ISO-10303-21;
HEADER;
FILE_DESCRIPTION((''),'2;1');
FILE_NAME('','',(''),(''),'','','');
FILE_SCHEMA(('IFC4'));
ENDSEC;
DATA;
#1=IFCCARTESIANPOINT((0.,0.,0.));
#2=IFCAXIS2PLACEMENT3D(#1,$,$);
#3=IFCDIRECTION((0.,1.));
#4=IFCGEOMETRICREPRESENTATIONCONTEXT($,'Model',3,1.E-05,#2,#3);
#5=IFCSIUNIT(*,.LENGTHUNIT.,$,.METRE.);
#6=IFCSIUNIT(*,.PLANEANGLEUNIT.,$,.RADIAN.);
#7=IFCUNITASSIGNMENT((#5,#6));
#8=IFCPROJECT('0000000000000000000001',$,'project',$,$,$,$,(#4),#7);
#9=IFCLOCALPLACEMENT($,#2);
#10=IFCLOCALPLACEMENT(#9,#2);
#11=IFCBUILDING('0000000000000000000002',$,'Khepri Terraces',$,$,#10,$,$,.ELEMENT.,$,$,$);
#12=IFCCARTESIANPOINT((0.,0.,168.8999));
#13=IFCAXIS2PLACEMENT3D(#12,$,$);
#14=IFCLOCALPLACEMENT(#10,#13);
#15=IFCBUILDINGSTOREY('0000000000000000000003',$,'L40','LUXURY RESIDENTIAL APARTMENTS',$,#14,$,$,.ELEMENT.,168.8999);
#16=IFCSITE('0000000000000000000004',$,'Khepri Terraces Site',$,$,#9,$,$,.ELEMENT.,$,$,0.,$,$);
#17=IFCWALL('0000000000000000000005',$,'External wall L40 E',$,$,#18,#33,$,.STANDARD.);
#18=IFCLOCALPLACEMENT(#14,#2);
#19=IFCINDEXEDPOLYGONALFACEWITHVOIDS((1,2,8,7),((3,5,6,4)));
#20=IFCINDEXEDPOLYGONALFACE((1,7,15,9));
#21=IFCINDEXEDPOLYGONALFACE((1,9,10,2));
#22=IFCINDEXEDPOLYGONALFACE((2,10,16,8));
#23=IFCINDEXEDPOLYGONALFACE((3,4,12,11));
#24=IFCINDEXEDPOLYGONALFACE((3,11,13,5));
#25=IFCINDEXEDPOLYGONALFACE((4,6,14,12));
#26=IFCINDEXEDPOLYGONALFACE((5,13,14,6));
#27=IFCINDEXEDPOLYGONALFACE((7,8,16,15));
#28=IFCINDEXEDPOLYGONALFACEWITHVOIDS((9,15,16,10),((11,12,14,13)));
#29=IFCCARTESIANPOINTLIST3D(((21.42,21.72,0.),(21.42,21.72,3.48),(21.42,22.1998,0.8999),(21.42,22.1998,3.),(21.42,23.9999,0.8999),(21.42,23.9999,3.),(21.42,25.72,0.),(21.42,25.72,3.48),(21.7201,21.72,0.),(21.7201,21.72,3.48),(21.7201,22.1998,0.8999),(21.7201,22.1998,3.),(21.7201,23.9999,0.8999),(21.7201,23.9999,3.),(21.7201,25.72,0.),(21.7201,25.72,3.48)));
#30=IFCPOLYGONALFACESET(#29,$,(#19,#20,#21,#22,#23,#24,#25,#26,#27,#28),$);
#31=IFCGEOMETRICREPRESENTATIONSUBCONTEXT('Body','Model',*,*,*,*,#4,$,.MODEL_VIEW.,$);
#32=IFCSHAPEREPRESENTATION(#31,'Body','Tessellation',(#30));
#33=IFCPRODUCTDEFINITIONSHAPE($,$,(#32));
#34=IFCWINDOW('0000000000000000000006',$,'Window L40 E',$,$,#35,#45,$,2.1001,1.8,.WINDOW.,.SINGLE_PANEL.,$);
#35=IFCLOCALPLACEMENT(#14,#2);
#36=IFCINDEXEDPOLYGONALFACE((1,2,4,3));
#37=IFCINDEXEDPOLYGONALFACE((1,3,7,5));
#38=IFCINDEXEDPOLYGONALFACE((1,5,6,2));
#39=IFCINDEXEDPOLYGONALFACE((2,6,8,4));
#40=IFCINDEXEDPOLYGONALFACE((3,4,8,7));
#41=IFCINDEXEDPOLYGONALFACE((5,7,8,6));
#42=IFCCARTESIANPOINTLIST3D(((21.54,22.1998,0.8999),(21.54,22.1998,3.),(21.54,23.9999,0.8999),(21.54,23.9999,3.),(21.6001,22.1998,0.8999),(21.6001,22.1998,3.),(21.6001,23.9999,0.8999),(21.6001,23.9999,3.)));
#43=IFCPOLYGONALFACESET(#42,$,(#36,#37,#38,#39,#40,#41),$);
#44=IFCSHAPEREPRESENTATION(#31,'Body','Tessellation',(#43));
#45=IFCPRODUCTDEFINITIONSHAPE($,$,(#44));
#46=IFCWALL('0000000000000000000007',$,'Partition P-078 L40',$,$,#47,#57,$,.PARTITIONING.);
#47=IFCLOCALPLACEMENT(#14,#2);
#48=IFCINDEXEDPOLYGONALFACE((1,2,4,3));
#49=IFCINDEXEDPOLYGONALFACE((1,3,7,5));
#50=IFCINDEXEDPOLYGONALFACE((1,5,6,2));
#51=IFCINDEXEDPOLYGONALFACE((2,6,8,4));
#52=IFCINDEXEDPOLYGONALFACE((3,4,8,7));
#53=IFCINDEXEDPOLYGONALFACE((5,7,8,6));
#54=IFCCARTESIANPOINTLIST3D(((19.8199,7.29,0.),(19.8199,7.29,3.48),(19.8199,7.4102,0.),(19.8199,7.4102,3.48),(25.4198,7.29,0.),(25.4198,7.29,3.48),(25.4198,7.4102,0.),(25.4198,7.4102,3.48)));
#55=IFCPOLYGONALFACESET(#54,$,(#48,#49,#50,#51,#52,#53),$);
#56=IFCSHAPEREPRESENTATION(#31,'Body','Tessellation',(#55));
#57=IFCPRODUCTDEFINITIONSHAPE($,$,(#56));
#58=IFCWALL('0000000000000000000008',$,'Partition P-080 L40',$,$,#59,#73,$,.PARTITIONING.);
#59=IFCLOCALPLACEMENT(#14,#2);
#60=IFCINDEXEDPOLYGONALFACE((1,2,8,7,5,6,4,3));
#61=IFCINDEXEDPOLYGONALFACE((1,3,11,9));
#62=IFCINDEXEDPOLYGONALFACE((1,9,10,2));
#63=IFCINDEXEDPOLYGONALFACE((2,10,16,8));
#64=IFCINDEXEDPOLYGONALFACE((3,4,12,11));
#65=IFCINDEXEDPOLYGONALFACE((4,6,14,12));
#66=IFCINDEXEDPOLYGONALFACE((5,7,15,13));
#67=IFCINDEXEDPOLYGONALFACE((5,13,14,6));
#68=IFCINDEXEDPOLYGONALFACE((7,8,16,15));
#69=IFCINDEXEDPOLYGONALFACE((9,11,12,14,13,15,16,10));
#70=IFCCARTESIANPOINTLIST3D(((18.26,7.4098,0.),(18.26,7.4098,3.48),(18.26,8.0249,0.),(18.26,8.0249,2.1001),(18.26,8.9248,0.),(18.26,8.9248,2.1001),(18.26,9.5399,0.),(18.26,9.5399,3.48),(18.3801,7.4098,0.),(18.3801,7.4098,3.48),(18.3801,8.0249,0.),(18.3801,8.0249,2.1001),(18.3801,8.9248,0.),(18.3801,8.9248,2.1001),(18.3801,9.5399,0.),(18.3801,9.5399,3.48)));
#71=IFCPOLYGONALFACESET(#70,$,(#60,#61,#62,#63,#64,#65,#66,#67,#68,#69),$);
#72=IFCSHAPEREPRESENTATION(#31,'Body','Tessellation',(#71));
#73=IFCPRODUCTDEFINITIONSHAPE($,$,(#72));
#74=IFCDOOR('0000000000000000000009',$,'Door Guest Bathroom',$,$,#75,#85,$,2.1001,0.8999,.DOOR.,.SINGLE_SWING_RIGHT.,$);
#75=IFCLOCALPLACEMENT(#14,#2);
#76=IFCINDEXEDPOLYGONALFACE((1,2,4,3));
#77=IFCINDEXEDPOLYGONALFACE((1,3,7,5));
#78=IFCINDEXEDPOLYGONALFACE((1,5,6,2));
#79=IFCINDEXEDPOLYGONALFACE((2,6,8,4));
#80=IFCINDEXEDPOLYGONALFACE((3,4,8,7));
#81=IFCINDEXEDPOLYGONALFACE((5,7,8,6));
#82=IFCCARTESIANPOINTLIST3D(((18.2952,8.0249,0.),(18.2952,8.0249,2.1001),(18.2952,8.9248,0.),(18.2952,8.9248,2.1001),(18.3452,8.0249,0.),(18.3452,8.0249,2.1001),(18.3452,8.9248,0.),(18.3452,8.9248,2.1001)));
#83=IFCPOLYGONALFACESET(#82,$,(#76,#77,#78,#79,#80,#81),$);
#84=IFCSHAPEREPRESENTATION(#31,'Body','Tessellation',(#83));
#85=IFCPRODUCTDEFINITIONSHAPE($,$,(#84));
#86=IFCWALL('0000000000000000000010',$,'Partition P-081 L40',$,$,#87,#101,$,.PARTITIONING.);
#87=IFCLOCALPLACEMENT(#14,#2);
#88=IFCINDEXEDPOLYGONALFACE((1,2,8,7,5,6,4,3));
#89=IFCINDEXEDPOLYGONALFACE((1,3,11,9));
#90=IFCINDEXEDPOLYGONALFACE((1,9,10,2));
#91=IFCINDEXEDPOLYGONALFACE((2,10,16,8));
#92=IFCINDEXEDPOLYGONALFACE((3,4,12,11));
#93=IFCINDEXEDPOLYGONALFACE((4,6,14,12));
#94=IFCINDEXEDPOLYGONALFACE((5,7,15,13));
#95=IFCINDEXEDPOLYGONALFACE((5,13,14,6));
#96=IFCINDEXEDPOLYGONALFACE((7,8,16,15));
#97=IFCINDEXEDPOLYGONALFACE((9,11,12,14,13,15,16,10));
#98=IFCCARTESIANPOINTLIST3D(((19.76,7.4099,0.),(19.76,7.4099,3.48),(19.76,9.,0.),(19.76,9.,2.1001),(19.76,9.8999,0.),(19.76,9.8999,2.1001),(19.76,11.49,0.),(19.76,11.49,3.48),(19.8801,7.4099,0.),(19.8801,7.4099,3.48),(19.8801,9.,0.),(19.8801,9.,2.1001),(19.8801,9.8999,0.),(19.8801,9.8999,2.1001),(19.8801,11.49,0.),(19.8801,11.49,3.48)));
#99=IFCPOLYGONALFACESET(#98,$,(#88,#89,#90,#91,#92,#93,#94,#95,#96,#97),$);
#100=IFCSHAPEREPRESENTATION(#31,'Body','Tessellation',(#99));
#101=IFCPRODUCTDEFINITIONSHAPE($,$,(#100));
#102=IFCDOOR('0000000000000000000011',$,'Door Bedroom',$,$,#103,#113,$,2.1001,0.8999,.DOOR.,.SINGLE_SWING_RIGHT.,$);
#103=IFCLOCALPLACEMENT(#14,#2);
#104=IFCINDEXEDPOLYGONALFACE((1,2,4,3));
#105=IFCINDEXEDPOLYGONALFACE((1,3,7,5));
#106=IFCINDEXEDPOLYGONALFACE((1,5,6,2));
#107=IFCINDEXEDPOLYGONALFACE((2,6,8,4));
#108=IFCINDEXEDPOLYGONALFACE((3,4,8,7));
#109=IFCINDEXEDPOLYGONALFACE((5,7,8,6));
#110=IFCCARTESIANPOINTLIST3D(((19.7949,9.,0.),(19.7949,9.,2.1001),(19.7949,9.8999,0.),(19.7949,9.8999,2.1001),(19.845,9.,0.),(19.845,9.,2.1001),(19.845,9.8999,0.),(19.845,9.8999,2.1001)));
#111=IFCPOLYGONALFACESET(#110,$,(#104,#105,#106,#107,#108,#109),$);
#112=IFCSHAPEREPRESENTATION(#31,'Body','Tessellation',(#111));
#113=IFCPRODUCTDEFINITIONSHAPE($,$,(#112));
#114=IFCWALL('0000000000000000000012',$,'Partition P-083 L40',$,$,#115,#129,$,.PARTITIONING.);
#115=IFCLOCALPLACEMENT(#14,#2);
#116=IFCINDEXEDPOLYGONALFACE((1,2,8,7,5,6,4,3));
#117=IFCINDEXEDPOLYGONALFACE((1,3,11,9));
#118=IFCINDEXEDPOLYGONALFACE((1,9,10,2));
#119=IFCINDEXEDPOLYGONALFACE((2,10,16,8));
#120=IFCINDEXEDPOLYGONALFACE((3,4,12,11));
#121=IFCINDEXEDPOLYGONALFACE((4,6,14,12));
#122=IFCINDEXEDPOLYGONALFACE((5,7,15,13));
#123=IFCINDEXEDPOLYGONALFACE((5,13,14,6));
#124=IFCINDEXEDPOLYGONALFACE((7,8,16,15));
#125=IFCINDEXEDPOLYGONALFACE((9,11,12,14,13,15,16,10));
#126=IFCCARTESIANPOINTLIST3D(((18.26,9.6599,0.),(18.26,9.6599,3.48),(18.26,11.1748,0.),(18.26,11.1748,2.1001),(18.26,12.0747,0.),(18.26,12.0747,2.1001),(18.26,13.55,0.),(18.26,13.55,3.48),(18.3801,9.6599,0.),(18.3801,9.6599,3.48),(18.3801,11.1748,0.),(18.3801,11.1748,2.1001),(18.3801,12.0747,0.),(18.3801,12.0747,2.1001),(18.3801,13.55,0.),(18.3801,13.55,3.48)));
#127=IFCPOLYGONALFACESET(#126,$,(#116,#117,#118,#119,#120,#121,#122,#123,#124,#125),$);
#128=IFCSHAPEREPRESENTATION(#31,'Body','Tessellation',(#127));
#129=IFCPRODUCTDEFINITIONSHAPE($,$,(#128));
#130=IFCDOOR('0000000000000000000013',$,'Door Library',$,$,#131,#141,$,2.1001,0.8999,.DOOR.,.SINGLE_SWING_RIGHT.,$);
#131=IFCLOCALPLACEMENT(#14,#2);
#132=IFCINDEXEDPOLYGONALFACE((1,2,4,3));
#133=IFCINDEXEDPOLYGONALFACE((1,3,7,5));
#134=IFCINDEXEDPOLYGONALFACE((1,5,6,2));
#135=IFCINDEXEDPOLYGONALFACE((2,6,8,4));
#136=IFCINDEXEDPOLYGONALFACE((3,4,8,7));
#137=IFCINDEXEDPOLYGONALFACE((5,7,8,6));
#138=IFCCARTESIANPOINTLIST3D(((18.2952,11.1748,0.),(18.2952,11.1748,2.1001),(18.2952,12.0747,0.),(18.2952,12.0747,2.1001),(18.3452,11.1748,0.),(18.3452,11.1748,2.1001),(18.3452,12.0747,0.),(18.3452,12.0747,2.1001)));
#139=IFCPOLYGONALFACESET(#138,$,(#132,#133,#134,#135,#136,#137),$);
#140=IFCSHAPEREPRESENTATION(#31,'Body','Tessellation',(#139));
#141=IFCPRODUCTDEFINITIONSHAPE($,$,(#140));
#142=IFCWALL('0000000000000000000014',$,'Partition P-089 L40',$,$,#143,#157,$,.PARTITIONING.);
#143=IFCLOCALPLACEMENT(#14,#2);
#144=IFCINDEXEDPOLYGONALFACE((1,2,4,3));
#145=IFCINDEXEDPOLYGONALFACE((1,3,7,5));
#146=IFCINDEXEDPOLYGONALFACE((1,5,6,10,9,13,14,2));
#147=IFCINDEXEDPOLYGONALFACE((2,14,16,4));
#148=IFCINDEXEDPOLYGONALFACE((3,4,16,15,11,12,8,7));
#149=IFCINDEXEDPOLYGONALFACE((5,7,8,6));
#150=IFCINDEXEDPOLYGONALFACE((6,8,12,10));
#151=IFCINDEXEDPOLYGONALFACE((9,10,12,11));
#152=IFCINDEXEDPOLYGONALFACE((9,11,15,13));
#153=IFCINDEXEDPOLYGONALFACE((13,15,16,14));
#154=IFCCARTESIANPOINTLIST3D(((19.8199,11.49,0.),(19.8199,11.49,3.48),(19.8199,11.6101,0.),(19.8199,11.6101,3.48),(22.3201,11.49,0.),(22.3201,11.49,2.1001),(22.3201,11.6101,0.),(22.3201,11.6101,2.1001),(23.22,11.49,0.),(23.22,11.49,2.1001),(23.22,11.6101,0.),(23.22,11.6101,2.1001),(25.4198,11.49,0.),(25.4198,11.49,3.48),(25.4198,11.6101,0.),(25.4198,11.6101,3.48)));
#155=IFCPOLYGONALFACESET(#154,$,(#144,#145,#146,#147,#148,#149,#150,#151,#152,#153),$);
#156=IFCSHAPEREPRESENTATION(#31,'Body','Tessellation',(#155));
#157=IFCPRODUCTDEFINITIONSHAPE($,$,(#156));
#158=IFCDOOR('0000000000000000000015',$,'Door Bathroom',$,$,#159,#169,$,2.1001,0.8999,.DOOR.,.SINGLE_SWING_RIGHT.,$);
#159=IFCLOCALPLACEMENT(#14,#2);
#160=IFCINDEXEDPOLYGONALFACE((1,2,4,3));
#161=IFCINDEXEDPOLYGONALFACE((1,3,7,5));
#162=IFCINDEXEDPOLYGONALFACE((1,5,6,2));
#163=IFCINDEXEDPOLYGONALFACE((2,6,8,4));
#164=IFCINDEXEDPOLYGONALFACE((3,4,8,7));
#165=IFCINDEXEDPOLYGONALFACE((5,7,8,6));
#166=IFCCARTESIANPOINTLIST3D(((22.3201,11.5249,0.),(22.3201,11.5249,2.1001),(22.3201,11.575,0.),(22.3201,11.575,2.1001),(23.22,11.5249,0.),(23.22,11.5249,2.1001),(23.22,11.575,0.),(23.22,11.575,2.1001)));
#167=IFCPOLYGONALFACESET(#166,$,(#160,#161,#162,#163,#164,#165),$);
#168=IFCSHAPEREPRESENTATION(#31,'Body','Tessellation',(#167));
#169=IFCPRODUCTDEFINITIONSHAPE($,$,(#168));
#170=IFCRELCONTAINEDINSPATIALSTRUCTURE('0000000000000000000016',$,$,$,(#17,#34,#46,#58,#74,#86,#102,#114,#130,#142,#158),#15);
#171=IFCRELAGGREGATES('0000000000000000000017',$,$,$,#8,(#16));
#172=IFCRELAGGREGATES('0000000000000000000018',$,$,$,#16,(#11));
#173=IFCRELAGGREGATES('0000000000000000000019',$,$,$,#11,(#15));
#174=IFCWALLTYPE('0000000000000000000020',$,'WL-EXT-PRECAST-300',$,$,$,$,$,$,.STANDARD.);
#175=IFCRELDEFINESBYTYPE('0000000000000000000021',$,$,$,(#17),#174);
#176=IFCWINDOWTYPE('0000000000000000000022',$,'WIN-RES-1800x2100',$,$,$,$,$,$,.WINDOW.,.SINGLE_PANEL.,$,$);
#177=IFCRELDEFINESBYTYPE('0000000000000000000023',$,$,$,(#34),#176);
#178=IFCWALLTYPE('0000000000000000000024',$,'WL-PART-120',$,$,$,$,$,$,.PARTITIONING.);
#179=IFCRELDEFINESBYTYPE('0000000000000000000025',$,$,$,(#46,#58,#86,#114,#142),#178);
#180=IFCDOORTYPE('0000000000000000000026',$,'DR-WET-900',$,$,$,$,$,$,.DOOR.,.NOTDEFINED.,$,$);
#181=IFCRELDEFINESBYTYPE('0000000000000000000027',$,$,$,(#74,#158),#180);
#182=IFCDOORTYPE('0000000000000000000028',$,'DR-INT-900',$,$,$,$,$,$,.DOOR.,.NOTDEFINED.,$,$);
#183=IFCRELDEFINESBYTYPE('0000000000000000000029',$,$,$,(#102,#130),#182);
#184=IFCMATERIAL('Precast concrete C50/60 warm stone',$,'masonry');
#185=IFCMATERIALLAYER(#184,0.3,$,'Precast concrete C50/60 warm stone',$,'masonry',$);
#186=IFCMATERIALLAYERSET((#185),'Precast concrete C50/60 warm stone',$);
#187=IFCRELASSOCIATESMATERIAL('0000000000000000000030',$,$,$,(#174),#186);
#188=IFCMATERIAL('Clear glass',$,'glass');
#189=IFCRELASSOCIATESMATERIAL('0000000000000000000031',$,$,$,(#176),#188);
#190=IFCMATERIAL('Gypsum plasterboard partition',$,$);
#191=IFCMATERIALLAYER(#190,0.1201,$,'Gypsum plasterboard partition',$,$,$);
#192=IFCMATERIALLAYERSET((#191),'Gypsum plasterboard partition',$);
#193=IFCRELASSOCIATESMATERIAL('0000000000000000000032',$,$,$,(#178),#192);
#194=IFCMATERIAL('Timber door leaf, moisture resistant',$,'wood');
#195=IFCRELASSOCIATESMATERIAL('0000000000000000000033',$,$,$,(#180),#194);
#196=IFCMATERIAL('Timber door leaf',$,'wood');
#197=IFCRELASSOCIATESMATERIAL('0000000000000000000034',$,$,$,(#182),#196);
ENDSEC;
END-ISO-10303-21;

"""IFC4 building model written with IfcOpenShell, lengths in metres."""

from ifc_helpers import new_model, si_unit, direction, frame, frame_2d, origin, place, context, subcontext, project, spatial, rectangle, extrude, material, layer, layer_set, type_object, element, fill, save


model = new_model("IFC4")

# Units and contexts
model_context = context("Model", 3, precision=1e-05, world=origin(), true_north=direction((0.0, 1.0)))
body_context = subcontext(model_context, "Body", "Model", "MODEL_VIEW")
ifc_project = project(units=[si_unit("LENGTHUNIT", "METRE"), si_unit("PLANEANGLEUNIT", "RADIAN")], contexts=[model_context])

# Site, building, storey
site_placement = place(None, origin())
site = spatial("IfcSite", under=ifc_project, at=site_placement, Name="Khepri Terraces Site", CompositionType="ELEMENT", RefElevation=0.0)
building_placement = place(site_placement, origin())
building = spatial("IfcBuilding", under=site, at=building_placement, Name="Khepri Terraces", CompositionType="ELEMENT")
storey_placement = place(building_placement, frame((0.0, 0.0, 168.8999)))
storey = spatial("IfcBuildingStorey", under=building, at=storey_placement, Name="L40", Description="LUXURY RESIDENTIAL APARTMENTS", CompositionType="ELEMENT", Elevation=168.8999)

# Shared definitions
ifc_material_1 = material(Name="Precast concrete C50/60 warm stone", Category="masonry")
ifc_layer_1 = layer(ifc_material_1, 0.3, Name="Precast concrete C50/60 warm stone", Category="masonry")
ifc_layer_set_1 = layer_set([ifc_layer_1], Name="Precast concrete C50/60 warm stone")
wall_type_1 = type_object("IfcWallType", Name="WL-EXT-PRECAST-300", PredefinedType="STANDARD", material=ifc_layer_set_1)
ifc_material_2 = material(Name="Clear glass", Category="glass")
window_type = type_object("IfcWindowType", Name="WIN-RES-1800x2100", PartitioningType="SINGLE_PANEL", PredefinedType="WINDOW", material=ifc_material_2)

# Wall, opening, window
wall_1_placement = place(storey_placement, frame((21.5701, 21.72, 0.0), z_axis=(0.0, 0.0, 1.0), x_axis=(0.0, 1.0, 0.0)))
wall_1 = element("IfcWall", 1, at=wall_1_placement, inside=storey, type_object=wall_type_1, Name="External wall L40 E", PredefinedType="STANDARD", context=body_context, shape_type="SweptSolid", body=[
    extrude(rectangle(XDim=4.0, YDim=0.3, at=frame_2d((2.0, 0.0))), origin(), (0.0, 0.0, 1.0), 3.48),
])
opening_1_placement = place(wall_1_placement, frame((0.48, 0.0, 0.8999)))
opening_1 = element("IfcOpeningElement", 2, at=opening_1_placement, cuts=wall_1, PredefinedType="OPENING", context=body_context, shape_type="SweptSolid", body=[
    extrude(rectangle(XDim=1.8, YDim=2.1001, at=frame_2d((0.8999, 1.05))), frame((0.0, 0.1602, 0.0), z_axis=(0.0, -1.0, 0.0), x_axis=(1.0, 0.0, 0.0)), (0.0, 0.0, 1.0), 0.3201),
])
window_1_placement = place(opening_1_placement, origin())
window_1 = element("IfcWindow", 3, at=window_1_placement, inside=storey, type_object=window_type, Name="Window L40 E", OverallHeight=2.1001, OverallWidth=1.8, PartitioningType="SINGLE_PANEL", PredefinedType="WINDOW", context=body_context, shape_type="SweptSolid", body=[
    extrude(rectangle(XDim=1.8, YDim=2.1001, at=frame_2d((0.8999, 1.05))), frame((0.0, 0.03, 0.0), z_axis=(0.0, -1.0, 0.0), x_axis=(1.0, 0.0, 0.0)), (0.0, 0.0, 1.0), 0.0601),
])
fill(opening_1, window_1)

# Wall
ifc_material_3 = material(Name="Gypsum plasterboard partition")
ifc_layer_2 = layer(ifc_material_3, 0.1201, Name="Gypsum plasterboard partition")
ifc_layer_set_2 = layer_set([ifc_layer_2], Name="Gypsum plasterboard partition")
wall_type_2 = type_object("IfcWallType", Name="WL-PART-120", PredefinedType="PARTITIONING", material=ifc_layer_set_2)
wall_2_placement = place(storey_placement, frame((19.8201, 7.3501, 0.0), z_axis=(0.0, 0.0, 1.0), x_axis=(1.0, 0.0, 0.0)))
element("IfcWall", 4, at=wall_2_placement, inside=storey, type_object=wall_type_2, Name="Partition P-078 L40", PredefinedType="PARTITIONING", context=body_context, shape_type="SweptSolid", body=[
    extrude(rectangle(XDim=5.5999, YDim=0.1201, at=frame_2d((2.7998, 0.0))), origin(), (0.0, 0.0, 1.0), 3.48),
])

# Walls, openings, doors
wall_3_placement = place(storey_placement, frame((18.3201, 7.4099, 0.0), z_axis=(0.0, 0.0, 1.0), x_axis=(0.0, 1.0, 0.0)))
wall_3 = element("IfcWall", 5, at=wall_3_placement, inside=storey, type_object=wall_type_2, Name="Partition P-080 L40", PredefinedType="PARTITIONING", context=body_context, shape_type="SweptSolid", body=[
    extrude(rectangle(XDim=2.1301, YDim=0.1201, at=frame_2d((1.0649, 0.0))), origin(), (0.0, 0.0, 1.0), 3.48),
])
opening_2_placement = place(wall_3_placement, frame((0.615, 0.0, 0.0)))
opening_2 = element("IfcOpeningElement", 6, at=opening_2_placement, cuts=wall_3, PredefinedType="OPENING", context=body_context, shape_type="SweptSolid", body=[
    extrude(rectangle(XDim=0.8999, YDim=2.1001, at=frame_2d((0.45, 1.05))), frame((0.0, 0.0701, 0.0), z_axis=(0.0, -1.0, 0.0), x_axis=(1.0, 0.0, 0.0)), (0.0, 0.0, 1.0), 0.1401),
])
ifc_material_4 = material(Name="Timber door leaf, moisture resistant", Category="wood")
door_type_1 = type_object("IfcDoorType", Name="DR-WET-900", OperationType="NOTDEFINED", PredefinedType="DOOR", material=ifc_material_4)
door_1_placement = place(opening_2_placement, origin())
door_1 = element("IfcDoor", 7, at=door_1_placement, inside=storey, type_object=door_type_1, Name="Door Guest Bathroom", OperationType="SINGLE_SWING_RIGHT", OverallHeight=2.1001, OverallWidth=0.8999, PredefinedType="DOOR", context=body_context, shape_type="SweptSolid", body=[
    extrude(rectangle(XDim=0.8999, YDim=2.1001, at=frame_2d((0.45, 1.05))), frame((0.0, 0.0249, 0.0), z_axis=(0.0, -1.0, 0.0), x_axis=(1.0, 0.0, 0.0)), (0.0, 0.0, 1.0), 0.05),
])
fill(opening_2, door_1)
wall_4_placement = place(storey_placement, frame((19.8201, 7.4099, 0.0), z_axis=(0.0, 0.0, 1.0), x_axis=(0.0, 1.0, 0.0)))
wall_4 = element("IfcWall", 8, at=wall_4_placement, inside=storey, type_object=wall_type_2, Name="Partition P-081 L40", PredefinedType="PARTITIONING", context=body_context, shape_type="SweptSolid", body=[
    extrude(rectangle(XDim=4.0801, YDim=0.1201, at=frame_2d((2.04, 0.0))), origin(), (0.0, 0.0, 1.0), 3.48),
])
opening_3_placement = place(wall_4_placement, frame((1.5901, 0.0, 0.0)))
opening_3 = element("IfcOpeningElement", 9, at=opening_3_placement, cuts=wall_4, PredefinedType="OPENING", context=body_context, shape_type="SweptSolid", body=[
    extrude(rectangle(XDim=0.8999, YDim=2.1001, at=frame_2d((0.45, 1.05))), frame((0.0, 0.0701, 0.0), z_axis=(0.0, -1.0, 0.0), x_axis=(1.0, 0.0, 0.0)), (0.0, 0.0, 1.0), 0.1401),
])
ifc_material_5 = material(Name="Timber door leaf", Category="wood")
door_type_2 = type_object("IfcDoorType", Name="DR-INT-900", OperationType="NOTDEFINED", PredefinedType="DOOR", material=ifc_material_5)
door_2_placement = place(opening_3_placement, frame((0.8999, 0.0, 0.0), z_axis=(0.0, 0.0, 1.0), x_axis=(-1.0, 0.0, 0.0)))
door_2 = element("IfcDoor", 10, at=door_2_placement, inside=storey, type_object=door_type_2, Name="Door Bedroom", OperationType="SINGLE_SWING_RIGHT", OverallHeight=2.1001, OverallWidth=0.8999, PredefinedType="DOOR", context=body_context, shape_type="SweptSolid", body=[
    extrude(rectangle(XDim=0.8999, YDim=2.1001, at=frame_2d((0.45, 1.05))), frame((0.0, 0.0249, 0.0), z_axis=(0.0, -1.0, 0.0), x_axis=(1.0, 0.0, 0.0)), (0.0, 0.0, 1.0), 0.05),
])
fill(opening_3, door_2)
wall_5_placement = place(storey_placement, frame((18.3201, 9.6599, 0.0), z_axis=(0.0, 0.0, 1.0), x_axis=(0.0, 1.0, 0.0)))
wall_5 = element("IfcWall", 11, at=wall_5_placement, inside=storey, type_object=wall_type_2, Name="Partition P-083 L40", PredefinedType="PARTITIONING", context=body_context, shape_type="SweptSolid", body=[
    extrude(rectangle(XDim=3.8901, YDim=0.1201, at=frame_2d((1.9451, 0.0))), origin(), (0.0, 0.0, 1.0), 3.48),
])
opening_4_placement = place(wall_5_placement, frame((1.5149, 0.0, 0.0)))
opening_4 = element("IfcOpeningElement", 12, at=opening_4_placement, cuts=wall_5, PredefinedType="OPENING", context=body_context, shape_type="SweptSolid", body=[
    extrude(rectangle(XDim=0.8999, YDim=2.1001, at=frame_2d((0.45, 1.05))), frame((0.0, 0.0701, 0.0), z_axis=(0.0, -1.0, 0.0), x_axis=(1.0, 0.0, 0.0)), (0.0, 0.0, 1.0), 0.1401),
])
door_3_placement = place(opening_4_placement, origin())
door_3 = element("IfcDoor", 13, at=door_3_placement, inside=storey, type_object=door_type_2, Name="Door Library", OperationType="SINGLE_SWING_RIGHT", OverallHeight=2.1001, OverallWidth=0.8999, PredefinedType="DOOR", context=body_context, shape_type="SweptSolid", body=[
    extrude(rectangle(XDim=0.8999, YDim=2.1001, at=frame_2d((0.45, 1.05))), frame((0.0, 0.0249, 0.0), z_axis=(0.0, -1.0, 0.0), x_axis=(1.0, 0.0, 0.0)), (0.0, 0.0, 1.0), 0.05),
])
fill(opening_4, door_3)
wall_6_placement = place(storey_placement, frame((19.8201, 11.55, 0.0), z_axis=(0.0, 0.0, 1.0), x_axis=(1.0, 0.0, 0.0)))
wall_6 = element("IfcWall", 14, at=wall_6_placement, inside=storey, type_object=wall_type_2, Name="Partition P-089 L40", PredefinedType="PARTITIONING", context=body_context, shape_type="SweptSolid", body=[
    extrude(rectangle(XDim=5.5999, YDim=0.1201, at=frame_2d((2.7998, 0.0))), origin(), (0.0, 0.0, 1.0), 3.48),
])
opening_5_placement = place(wall_6_placement, frame((2.5, 0.0, 0.0)))
opening_5 = element("IfcOpeningElement", 15, at=opening_5_placement, cuts=wall_6, PredefinedType="OPENING", context=body_context, shape_type="SweptSolid", body=[
    extrude(rectangle(XDim=0.8999, YDim=2.1001, at=frame_2d((0.45, 1.05))), frame((0.0, 0.0701, 0.0), z_axis=(0.0, -1.0, 0.0), x_axis=(1.0, 0.0, 0.0)), (0.0, 0.0, 1.0), 0.1401),
])
door_4_placement = place(opening_5_placement, origin())
door_4 = element("IfcDoor", 16, at=door_4_placement, inside=storey, type_object=door_type_1, Name="Door Bathroom", OperationType="SINGLE_SWING_RIGHT", OverallHeight=2.1001, OverallWidth=0.8999, PredefinedType="DOOR", context=body_context, shape_type="SweptSolid", body=[
    extrude(rectangle(XDim=0.8999, YDim=2.1001, at=frame_2d((0.45, 1.05))), frame((0.0, 0.0249, 0.0), z_axis=(0.0, -1.0, 0.0), x_axis=(1.0, 0.0, 0.0)), (0.0, 0.0, 1.0), 0.05),
])
fill(opening_5, door_4)

save(model, "model.ifc")
